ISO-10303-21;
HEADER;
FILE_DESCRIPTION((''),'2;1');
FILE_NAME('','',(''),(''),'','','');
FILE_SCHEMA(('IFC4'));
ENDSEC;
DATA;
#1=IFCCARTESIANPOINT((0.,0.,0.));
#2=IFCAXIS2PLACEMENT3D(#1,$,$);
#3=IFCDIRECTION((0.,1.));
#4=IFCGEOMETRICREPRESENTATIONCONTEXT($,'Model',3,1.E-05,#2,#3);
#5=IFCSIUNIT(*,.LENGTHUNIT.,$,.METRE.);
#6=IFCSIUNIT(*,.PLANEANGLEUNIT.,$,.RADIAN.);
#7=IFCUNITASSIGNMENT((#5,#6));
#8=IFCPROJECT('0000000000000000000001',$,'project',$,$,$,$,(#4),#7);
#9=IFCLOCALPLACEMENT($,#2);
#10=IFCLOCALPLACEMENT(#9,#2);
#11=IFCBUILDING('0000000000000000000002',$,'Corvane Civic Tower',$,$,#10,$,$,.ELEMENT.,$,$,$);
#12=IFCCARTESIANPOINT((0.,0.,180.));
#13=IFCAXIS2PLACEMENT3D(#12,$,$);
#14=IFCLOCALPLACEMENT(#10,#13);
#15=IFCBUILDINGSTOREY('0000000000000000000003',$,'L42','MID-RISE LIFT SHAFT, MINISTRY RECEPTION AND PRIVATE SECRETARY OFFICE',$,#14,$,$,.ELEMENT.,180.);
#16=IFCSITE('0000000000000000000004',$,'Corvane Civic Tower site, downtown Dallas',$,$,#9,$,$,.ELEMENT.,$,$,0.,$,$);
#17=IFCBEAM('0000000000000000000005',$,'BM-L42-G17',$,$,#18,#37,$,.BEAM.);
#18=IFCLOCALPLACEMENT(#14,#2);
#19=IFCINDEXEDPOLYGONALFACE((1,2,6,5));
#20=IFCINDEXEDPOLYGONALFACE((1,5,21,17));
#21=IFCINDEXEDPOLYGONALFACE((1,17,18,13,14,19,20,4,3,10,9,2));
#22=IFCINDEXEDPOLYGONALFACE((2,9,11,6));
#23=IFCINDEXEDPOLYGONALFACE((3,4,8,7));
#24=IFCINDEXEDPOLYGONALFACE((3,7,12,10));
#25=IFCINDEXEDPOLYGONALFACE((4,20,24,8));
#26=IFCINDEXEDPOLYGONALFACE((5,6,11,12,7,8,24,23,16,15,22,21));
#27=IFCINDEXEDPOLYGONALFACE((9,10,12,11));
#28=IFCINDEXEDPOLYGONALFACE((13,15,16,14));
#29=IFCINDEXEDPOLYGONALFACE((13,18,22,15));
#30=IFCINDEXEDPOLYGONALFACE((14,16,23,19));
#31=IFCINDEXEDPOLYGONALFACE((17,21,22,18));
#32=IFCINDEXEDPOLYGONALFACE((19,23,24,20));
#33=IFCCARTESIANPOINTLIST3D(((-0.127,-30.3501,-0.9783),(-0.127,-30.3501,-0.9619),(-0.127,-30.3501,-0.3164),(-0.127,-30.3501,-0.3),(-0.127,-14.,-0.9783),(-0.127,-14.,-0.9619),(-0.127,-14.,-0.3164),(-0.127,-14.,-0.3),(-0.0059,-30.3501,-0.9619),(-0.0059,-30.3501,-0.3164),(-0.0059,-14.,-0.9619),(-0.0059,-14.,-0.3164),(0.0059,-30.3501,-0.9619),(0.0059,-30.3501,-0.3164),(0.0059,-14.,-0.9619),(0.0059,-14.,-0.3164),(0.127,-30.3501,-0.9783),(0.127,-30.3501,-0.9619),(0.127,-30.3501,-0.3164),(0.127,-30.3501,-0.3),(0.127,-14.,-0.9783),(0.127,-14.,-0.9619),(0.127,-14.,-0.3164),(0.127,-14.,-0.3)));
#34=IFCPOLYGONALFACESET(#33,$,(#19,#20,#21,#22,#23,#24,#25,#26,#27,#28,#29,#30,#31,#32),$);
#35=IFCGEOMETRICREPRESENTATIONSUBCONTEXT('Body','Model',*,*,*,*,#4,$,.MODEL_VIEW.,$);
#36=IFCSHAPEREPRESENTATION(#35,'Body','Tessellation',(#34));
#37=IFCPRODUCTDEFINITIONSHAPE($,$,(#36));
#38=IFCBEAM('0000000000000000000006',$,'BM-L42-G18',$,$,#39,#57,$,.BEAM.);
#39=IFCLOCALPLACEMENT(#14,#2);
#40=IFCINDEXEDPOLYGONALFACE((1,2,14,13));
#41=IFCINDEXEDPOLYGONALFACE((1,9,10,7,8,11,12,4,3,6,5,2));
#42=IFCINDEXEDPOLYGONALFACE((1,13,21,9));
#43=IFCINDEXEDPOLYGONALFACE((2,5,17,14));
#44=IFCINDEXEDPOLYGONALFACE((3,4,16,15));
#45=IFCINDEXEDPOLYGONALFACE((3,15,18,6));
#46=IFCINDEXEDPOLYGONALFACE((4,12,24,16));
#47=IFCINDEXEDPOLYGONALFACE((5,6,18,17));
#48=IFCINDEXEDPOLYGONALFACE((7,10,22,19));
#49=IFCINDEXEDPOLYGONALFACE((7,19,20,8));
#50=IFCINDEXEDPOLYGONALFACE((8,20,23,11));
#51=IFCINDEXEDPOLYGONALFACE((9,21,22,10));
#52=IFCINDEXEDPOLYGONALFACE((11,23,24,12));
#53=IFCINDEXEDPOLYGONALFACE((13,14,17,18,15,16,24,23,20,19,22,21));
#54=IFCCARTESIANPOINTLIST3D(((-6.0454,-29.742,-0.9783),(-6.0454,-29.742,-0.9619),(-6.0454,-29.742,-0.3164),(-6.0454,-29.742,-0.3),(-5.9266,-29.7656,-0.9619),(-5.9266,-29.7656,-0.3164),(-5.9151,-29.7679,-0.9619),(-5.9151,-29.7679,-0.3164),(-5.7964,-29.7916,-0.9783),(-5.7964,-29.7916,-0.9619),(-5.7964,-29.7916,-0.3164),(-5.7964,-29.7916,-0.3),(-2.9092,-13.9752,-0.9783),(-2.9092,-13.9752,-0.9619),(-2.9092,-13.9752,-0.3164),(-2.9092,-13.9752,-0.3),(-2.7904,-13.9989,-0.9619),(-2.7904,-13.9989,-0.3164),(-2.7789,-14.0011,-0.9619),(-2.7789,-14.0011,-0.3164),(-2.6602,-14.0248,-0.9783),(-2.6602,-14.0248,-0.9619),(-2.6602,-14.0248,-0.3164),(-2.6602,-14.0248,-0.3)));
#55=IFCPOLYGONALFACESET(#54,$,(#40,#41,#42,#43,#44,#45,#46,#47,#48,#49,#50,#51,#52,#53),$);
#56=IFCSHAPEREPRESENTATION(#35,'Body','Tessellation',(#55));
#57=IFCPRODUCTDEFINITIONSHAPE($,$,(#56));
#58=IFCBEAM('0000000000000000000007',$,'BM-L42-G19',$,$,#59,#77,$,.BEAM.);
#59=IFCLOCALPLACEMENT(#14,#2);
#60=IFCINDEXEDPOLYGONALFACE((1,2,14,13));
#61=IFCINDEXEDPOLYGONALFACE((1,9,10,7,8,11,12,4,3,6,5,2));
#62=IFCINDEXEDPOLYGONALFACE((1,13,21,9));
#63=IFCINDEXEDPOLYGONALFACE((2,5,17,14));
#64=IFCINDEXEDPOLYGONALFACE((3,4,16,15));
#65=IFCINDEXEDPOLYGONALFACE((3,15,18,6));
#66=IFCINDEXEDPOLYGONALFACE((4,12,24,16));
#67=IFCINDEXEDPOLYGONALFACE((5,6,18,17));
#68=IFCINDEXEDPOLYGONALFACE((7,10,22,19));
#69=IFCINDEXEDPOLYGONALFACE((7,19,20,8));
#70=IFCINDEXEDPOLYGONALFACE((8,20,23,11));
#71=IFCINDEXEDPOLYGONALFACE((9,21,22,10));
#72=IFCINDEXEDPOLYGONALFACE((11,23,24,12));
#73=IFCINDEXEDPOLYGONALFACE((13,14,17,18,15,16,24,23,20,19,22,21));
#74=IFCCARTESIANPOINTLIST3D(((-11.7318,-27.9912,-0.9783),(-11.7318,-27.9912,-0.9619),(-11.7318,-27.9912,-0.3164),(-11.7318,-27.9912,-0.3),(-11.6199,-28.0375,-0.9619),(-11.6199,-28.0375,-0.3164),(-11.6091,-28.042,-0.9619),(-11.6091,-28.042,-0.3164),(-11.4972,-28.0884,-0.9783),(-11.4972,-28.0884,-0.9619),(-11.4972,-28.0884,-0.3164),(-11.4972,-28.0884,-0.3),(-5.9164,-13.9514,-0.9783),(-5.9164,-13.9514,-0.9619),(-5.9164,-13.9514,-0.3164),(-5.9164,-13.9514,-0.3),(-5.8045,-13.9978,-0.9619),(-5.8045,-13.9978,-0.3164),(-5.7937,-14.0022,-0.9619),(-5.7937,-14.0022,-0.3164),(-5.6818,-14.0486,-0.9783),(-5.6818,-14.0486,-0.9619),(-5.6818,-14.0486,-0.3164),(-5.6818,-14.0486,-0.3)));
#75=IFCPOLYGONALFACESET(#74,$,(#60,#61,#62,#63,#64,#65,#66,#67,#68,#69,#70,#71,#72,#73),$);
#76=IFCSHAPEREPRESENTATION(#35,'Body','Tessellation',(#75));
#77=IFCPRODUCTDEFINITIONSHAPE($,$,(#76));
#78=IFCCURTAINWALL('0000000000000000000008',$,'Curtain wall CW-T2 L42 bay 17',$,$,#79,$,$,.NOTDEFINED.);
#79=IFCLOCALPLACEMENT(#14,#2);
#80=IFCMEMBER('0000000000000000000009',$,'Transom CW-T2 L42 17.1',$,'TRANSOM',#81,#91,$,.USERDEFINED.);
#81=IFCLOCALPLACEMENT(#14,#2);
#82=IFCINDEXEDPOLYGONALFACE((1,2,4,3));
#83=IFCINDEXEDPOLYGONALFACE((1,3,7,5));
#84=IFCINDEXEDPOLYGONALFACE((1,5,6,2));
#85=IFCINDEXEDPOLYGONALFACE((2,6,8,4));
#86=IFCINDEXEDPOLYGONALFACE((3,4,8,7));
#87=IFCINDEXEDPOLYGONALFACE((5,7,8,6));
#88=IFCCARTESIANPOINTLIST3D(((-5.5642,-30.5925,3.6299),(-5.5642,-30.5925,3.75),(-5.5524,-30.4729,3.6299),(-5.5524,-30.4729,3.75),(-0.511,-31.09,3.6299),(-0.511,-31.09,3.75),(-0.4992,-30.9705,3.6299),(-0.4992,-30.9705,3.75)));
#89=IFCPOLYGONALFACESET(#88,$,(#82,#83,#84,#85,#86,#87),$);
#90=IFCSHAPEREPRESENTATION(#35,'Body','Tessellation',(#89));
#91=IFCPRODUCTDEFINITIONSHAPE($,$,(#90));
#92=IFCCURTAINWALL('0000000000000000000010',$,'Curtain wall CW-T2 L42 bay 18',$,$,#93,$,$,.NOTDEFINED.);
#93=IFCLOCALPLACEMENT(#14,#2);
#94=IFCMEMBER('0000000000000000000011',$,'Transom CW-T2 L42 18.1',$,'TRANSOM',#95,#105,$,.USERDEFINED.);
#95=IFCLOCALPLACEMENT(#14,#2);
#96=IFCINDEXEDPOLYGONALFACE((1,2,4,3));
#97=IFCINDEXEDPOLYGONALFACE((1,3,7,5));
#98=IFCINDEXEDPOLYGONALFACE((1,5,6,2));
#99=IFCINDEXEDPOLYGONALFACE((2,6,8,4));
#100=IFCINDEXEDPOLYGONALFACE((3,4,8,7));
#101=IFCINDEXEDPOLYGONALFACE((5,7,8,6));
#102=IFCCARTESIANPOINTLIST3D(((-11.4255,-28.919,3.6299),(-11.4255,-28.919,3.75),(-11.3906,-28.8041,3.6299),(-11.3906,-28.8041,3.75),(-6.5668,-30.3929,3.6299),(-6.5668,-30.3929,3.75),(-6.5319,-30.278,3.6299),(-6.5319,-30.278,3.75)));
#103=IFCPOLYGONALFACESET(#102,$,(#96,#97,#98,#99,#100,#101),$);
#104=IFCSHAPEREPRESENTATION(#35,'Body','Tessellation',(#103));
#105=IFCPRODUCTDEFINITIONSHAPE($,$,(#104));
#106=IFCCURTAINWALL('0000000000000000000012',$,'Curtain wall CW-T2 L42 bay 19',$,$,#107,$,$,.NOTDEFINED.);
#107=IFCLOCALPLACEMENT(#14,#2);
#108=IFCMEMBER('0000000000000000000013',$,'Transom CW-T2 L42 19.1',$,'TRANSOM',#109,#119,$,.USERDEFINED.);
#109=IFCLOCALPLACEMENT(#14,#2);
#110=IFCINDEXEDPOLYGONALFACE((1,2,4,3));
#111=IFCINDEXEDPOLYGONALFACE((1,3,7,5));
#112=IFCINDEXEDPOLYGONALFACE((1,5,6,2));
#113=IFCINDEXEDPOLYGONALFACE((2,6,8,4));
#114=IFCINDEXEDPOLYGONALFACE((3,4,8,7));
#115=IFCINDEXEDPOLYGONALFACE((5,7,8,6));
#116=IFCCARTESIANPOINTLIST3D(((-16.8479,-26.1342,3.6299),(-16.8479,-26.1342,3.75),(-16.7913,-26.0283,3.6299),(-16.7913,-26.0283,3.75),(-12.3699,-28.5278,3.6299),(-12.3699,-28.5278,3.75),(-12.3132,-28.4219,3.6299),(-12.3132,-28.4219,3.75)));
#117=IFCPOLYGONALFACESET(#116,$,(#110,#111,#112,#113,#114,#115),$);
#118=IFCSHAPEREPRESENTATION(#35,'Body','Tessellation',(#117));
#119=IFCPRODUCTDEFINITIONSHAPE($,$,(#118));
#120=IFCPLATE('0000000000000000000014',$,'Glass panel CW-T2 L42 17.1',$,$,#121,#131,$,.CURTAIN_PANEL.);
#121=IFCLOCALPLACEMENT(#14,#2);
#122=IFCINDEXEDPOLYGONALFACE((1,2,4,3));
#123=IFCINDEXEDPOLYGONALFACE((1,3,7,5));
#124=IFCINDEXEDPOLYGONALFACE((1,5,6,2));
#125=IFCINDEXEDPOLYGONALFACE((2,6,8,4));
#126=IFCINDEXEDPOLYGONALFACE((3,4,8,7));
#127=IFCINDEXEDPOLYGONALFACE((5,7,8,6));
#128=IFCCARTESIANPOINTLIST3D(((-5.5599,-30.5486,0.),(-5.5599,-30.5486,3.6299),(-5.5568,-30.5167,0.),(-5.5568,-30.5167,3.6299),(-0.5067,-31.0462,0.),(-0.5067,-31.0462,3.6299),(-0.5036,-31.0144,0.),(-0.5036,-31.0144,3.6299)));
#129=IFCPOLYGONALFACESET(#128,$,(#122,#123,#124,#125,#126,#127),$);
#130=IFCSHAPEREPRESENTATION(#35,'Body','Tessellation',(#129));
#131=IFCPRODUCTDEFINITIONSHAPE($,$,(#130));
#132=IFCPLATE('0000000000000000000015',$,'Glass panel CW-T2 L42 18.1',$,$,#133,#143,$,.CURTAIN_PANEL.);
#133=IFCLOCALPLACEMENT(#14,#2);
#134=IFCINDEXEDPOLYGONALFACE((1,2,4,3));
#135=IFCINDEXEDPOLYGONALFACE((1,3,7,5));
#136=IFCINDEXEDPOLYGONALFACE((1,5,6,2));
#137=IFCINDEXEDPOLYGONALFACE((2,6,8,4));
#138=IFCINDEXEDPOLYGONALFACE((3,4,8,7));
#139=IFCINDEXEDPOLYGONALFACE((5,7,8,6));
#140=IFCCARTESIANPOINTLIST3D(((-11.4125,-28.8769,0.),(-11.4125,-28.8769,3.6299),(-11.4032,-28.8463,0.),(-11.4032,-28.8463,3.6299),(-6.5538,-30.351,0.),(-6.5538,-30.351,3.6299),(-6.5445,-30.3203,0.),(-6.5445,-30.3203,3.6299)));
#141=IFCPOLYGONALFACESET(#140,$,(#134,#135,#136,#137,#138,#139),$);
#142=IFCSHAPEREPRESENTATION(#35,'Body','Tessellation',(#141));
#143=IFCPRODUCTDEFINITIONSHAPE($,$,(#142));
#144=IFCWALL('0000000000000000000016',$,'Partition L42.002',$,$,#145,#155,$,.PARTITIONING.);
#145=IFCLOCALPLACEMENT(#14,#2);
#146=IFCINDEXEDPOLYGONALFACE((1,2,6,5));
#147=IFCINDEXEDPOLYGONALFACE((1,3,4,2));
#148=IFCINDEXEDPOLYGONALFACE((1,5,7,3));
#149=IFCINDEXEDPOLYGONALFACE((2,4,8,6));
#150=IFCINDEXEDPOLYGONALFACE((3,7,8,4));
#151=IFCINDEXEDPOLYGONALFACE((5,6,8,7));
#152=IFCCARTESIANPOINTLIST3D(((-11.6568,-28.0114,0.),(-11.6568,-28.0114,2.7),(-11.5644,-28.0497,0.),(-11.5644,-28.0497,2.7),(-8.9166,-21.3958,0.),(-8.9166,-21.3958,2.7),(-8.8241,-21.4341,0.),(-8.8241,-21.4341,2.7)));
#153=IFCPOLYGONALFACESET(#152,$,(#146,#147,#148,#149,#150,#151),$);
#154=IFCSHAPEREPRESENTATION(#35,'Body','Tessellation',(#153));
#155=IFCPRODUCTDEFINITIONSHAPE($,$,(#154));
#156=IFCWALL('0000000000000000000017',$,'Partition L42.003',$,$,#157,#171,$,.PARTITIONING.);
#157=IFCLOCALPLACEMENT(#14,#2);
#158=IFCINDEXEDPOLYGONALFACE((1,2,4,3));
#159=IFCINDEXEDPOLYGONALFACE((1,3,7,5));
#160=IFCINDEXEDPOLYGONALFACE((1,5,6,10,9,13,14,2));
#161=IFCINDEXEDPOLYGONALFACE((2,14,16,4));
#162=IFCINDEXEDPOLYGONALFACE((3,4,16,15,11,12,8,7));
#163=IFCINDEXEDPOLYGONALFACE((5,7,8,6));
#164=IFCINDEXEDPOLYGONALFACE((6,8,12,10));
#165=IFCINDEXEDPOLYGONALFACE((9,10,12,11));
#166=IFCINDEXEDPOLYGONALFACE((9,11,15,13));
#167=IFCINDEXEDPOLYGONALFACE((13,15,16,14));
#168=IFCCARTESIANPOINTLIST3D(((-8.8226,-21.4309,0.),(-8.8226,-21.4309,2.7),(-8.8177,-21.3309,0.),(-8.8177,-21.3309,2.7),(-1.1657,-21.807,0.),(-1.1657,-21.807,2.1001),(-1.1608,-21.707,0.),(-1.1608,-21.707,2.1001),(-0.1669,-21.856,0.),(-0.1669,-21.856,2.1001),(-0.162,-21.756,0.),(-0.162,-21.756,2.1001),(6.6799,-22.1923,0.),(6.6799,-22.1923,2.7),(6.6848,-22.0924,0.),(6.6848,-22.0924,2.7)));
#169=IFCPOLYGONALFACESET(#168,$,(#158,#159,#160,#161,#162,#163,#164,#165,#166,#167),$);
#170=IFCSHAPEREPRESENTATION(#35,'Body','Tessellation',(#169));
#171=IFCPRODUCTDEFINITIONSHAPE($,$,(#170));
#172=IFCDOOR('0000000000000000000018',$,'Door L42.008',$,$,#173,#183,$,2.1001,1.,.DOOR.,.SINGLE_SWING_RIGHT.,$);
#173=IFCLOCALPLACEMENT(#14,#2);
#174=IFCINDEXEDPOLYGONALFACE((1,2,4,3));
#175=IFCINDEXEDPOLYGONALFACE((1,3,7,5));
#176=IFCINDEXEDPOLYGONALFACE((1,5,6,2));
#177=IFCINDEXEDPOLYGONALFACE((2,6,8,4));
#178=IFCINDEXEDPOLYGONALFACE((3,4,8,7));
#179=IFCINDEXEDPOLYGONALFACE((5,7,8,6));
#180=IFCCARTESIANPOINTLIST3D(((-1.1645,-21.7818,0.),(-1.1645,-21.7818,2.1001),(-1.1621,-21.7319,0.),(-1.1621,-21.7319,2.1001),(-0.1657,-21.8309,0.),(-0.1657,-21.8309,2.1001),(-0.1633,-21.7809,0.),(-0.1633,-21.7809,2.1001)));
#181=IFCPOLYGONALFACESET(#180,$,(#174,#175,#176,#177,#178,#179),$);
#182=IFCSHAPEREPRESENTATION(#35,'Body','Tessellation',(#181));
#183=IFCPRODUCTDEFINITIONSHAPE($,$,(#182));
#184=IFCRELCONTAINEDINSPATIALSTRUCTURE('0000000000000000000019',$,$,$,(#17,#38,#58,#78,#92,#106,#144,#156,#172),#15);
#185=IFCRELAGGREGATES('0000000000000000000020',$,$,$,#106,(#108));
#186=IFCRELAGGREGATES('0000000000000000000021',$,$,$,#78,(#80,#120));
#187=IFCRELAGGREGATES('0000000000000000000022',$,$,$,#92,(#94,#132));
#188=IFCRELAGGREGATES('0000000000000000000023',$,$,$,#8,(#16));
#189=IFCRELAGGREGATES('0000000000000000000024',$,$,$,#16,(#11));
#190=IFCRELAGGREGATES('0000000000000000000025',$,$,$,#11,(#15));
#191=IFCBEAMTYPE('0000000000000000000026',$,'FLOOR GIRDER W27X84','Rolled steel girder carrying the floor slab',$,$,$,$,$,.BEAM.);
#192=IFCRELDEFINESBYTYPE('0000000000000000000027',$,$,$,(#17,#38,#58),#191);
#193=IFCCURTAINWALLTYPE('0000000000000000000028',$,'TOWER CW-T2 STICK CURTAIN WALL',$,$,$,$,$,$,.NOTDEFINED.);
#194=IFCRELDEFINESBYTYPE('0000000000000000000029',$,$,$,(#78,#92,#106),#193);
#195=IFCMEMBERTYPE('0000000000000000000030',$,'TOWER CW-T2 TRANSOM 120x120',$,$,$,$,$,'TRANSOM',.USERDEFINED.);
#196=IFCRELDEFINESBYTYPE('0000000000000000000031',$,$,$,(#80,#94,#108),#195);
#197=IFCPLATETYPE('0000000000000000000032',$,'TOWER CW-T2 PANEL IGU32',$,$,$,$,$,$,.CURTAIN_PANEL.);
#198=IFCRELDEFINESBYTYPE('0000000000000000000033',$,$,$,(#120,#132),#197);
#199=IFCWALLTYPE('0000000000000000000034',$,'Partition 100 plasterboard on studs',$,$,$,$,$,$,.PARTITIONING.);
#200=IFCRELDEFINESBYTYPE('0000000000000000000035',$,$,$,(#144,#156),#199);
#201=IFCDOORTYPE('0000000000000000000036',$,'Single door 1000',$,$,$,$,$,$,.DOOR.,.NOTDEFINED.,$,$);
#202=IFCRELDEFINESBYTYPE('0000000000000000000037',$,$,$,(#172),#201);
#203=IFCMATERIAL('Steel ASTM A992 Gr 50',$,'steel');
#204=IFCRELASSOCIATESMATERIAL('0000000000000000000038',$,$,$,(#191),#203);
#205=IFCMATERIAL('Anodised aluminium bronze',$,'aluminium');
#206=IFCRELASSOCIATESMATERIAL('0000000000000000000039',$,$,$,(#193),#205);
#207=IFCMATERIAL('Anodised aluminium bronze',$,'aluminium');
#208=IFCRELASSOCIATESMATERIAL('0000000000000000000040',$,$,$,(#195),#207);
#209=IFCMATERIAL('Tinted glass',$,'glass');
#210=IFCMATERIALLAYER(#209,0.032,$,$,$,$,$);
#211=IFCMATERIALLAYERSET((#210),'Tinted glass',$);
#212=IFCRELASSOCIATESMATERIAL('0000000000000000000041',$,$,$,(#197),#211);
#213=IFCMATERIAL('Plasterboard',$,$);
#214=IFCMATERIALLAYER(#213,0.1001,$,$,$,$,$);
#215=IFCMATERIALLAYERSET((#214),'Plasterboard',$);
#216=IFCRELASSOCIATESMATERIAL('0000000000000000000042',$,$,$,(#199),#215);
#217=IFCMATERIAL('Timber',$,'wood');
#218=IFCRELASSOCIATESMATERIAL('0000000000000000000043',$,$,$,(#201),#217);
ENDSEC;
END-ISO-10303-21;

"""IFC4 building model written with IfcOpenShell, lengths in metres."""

from ifc_helpers import new_model, si_unit, direction, frame, frame_2d, origin, origin_2d, place, context, subcontext, project, spatial, rectangle, i_section, extrude, material, layer, layer_set, material_profile, profile_set, type_object, element, fill, aggregate, save


model = new_model("IFC4")

# Units and contexts
model_context = context("Model", 3, precision=1e-05, world=origin(), true_north=direction((0.0, 1.0)))
body_context = subcontext(model_context, "Body", "Model", "MODEL_VIEW")
ifc_project = project(units=[si_unit("LENGTHUNIT", "METRE"), si_unit("PLANEANGLEUNIT", "RADIAN")], contexts=[model_context])

# Site, building, storey
site_placement = place(None, origin())
site = spatial("IfcSite", under=ifc_project, at=site_placement, Name="Corvane Civic Tower site, downtown Dallas", CompositionType="ELEMENT", RefElevation=0.0)
building_placement = place(site_placement, origin())
building = spatial("IfcBuilding", under=site, at=building_placement, Name="Corvane Civic Tower", CompositionType="ELEMENT")
storey_placement = place(building_placement, frame((0.0, 0.0, 180.0)))
storey = spatial("IfcBuildingStorey", under=building, at=storey_placement, Name="L42", Description="MID-RISE LIFT SHAFT, MINISTRY RECEPTION AND PRIVATE SECRETARY OFFICE", CompositionType="ELEMENT", Elevation=180.0)

# Beams
ifc_material_1 = material(Name="Steel ASTM A992 Gr 50", Category="steel")
ifc_material_profile_1 = material_profile(ifc_material_1, i_section(OverallWidth=0.2539, OverallDepth=0.6782, WebThickness=0.0117, FlangeThickness=0.0164, at=origin_2d()), Name="W27X84")
ifc_profile_set_1 = profile_set([ifc_material_profile_1], Name="Steel ASTM A992 Gr 50")
beam_type_1 = type_object("IfcBeamType", Name="FLOOR GIRDER W27X84", Description="Rolled steel girder carrying the floor slab", PredefinedType="BEAM", material=ifc_profile_set_1)
beam_1_placement = place(storey_placement, frame((0.0, -14.0, -0.6392), z_axis=(0.0, -1.0, 0.0), x_axis=(1.0, 0.0, 0.0)))
element("IfcBeam", 1, at=beam_1_placement, inside=storey, type_object=beam_type_1, Name="BM-L42-G17", PredefinedType="BEAM", context=body_context, shape_type="SweptSolid", body=[
    extrude(i_section(OverallWidth=0.2539, OverallDepth=0.6782, WebThickness=0.0117, FlangeThickness=0.0164, at=origin_2d()), origin(), (0.0, 0.0, 1.0), 16.3501),
])
beam_2_placement = place(storey_placement, frame((-2.7847, -14.0, -0.6392), z_axis=(-0.195091, -0.980785, 0.0), x_axis=(0.980785, -0.195091, 0.0)))
element("IfcBeam", 2, at=beam_2_placement, inside=storey, type_object=beam_type_1, Name="BM-L42-G18", PredefinedType="BEAM", context=body_context, shape_type="SweptSolid", body=[
    extrude(i_section(OverallWidth=0.2539, OverallDepth=0.6782, WebThickness=0.0117, FlangeThickness=0.0164, at=origin_2d()), origin(), (0.0, 0.0, 1.0), 16.0757),
])
beam_3_placement = place(storey_placement, frame((-5.7991, -14.0, -0.6392), z_axis=(-0.382681, -0.923881, 0.0), x_axis=(0.923881, -0.382681, 0.0)))
element("IfcBeam", 3, at=beam_3_placement, inside=storey, type_object=beam_type_1, Name="BM-L42-G19", PredefinedType="BEAM", context=body_context, shape_type="SweptSolid", body=[
    extrude(i_section(OverallWidth=0.2539, OverallDepth=0.6782, WebThickness=0.0117, FlangeThickness=0.0164, at=origin_2d()), origin(), (0.0, 0.0, 1.0), 15.1965),
])

# Curtain walls, members
ifc_material_2 = material(Name="Anodised aluminium bronze", Category="aluminium")
curtain_wall_type = type_object("IfcCurtainWallType", Name="TOWER CW-T2 STICK CURTAIN WALL", PredefinedType="NOTDEFINED", material=ifc_material_2)
curtain_wall_1_placement = place(storey_placement, origin())
curtain_wall_1 = element("IfcCurtainWall", 4, at=curtain_wall_1_placement, inside=storey, type_object=curtain_wall_type, Name="Curtain wall CW-T2 L42 bay 17", PredefinedType="NOTDEFINED")
ifc_material_3 = material(Name="Anodised aluminium bronze", Category="aluminium")
ifc_material_profile_2 = material_profile(ifc_material_3, rectangle(XDim=0.1201, YDim=0.1201, at=origin_2d()), Name="TOWER CW-T2 TRANSOM 120x120")
ifc_profile_set_2 = profile_set([ifc_material_profile_2], Name="Anodised aluminium bronze")
member_type = type_object("IfcMemberType", Name="TOWER CW-T2 TRANSOM 120x120", ElementType="TRANSOM", PredefinedType="USERDEFINED", material=ifc_profile_set_2)
member_1_placement = place(storey_placement, frame((-0.5051, -31.0303, 3.6899), z_axis=(-0.995187, 0.09799, 0.0), x_axis=(-0.09799, -0.995187, 0.0)))
member_1 = element("IfcMember", 5, at=member_1_placement, type_object=member_type, Name="Transom CW-T2 L42 17.1", ObjectType="TRANSOM", PredefinedType="USERDEFINED", context=body_context, shape_type="SweptSolid", body=[
    extrude(rectangle(XDim=0.1201, YDim=0.1201, at=origin_2d()), origin(), (0.0, 0.0, 1.0), 5.0776),
])
curtain_wall_2_placement = place(storey_placement, origin())
curtain_wall_2 = element("IfcCurtainWall", 6, at=curtain_wall_2_placement, inside=storey, type_object=curtain_wall_type, Name="Curtain wall CW-T2 L42 bay 18", PredefinedType="NOTDEFINED")
member_2_placement = place(storey_placement, frame((-6.5493, -30.3354, 3.6899), z_axis=(-0.956939, 0.290289, 0.0), x_axis=(-0.290289, -0.956939, 0.0)))
member_2 = element("IfcMember", 7, at=member_2_placement, type_object=member_type, Name="Transom CW-T2 L42 18.1", ObjectType="TRANSOM", PredefinedType="USERDEFINED", context=body_context, shape_type="SweptSolid", body=[
    extrude(rectangle(XDim=0.1201, YDim=0.1201, at=origin_2d()), origin(), (0.0, 0.0, 1.0), 5.0774),
])
curtain_wall_3_placement = place(storey_placement, origin())
curtain_wall_3 = element("IfcCurtainWall", 8, at=curtain_wall_3_placement, inside=storey, type_object=curtain_wall_type, Name="Curtain wall CW-T2 L42 bay 19", PredefinedType="NOTDEFINED")
member_3_placement = place(storey_placement, frame((-12.3416, -28.4749, 3.6899), z_axis=(-0.881921, 0.471397, 0.0), x_axis=(-0.471397, -0.881921, 0.0)))
member_3 = element("IfcMember", 9, at=member_3_placement, type_object=member_type, Name="Transom CW-T2 L42 19.1", ObjectType="TRANSOM", PredefinedType="USERDEFINED", context=body_context, shape_type="SweptSolid", body=[
    extrude(rectangle(XDim=0.1201, YDim=0.1201, at=origin_2d()), origin(), (0.0, 0.0, 1.0), 5.0776),
])
aggregate(curtain_wall_3, [member_3])

# Plates
ifc_material_4 = material(Name="Tinted glass", Category="glass")
ifc_layer_1 = layer(ifc_material_4, 0.032)
ifc_layer_set_1 = layer_set([ifc_layer_1], Name="Tinted glass")
plate_type = type_object("IfcPlateType", Name="TOWER CW-T2 PANEL IGU32", PredefinedType="CURTAIN_PANEL", material=ifc_layer_set_1)
plate_1_placement = place(storey_placement, frame((-3.0317, -30.7815, 0.0), z_axis=(0.0, 0.0, 1.0), x_axis=(-0.995185, 0.098012, 0.0)))
plate_1 = element("IfcPlate", 10, at=plate_1_placement, type_object=plate_type, Name="Glass panel CW-T2 L42 17.1", PredefinedType="CURTAIN_PANEL", context=body_context, shape_type="SweptSolid", body=[
    extrude(rectangle(XDim=5.0776, YDim=0.032, at=origin_2d()), origin(), (0.0, 0.0, 1.0), 3.6299),
])
aggregate(curtain_wall_1, [member_1, plate_1])
plate_2_placement = place(storey_placement, frame((-8.9785, -29.5986, 0.0), z_axis=(0.0, 0.0, 1.0), x_axis=(-0.956932, 0.290313, 0.0)))
plate_2 = element("IfcPlate", 11, at=plate_2_placement, type_object=plate_type, Name="Glass panel CW-T2 L42 18.1", PredefinedType="CURTAIN_PANEL", context=body_context, shape_type="SweptSolid", body=[
    extrude(rectangle(XDim=5.0774, YDim=0.032, at=origin_2d()), origin(), (0.0, 0.0, 1.0), 3.6299),
])
aggregate(curtain_wall_2, [member_2, plate_2])

# Wall
ifc_material_5 = material(Name="Plasterboard")
ifc_layer_2 = layer(ifc_material_5, 0.1001)
ifc_layer_set_2 = layer_set([ifc_layer_2], Name="Plasterboard")
wall_type = type_object("IfcWallType", Name="Partition 100 plasterboard on studs", PredefinedType="PARTITIONING", material=ifc_layer_set_2)
wall_1_placement = place(storey_placement, frame((-11.6106, -28.0305, 0.0), z_axis=(0.0, 0.0, 1.0), x_axis=(0.382685, 0.923879, 0.0)))
element("IfcWall", 12, at=wall_1_placement, inside=storey, type_object=wall_type, Name="Partition L42.002", PredefinedType="PARTITIONING", context=body_context, shape_type="SweptSolid", body=[
    extrude(rectangle(XDim=7.1606, YDim=0.1001, at=frame_2d((3.5803, 0.0))), origin(), (0.0, 0.0, 1.0), 2.7),
])

# Wall, opening, door
wall_2_placement = place(storey_placement, frame((-8.8203, -21.3809, 0.0), z_axis=(0.0, 0.0, 1.0), x_axis=(0.998796, -0.049061, 0.0)))
wall_2 = element("IfcWall", 13, at=wall_2_placement, inside=storey, type_object=wall_type, Name="Partition L42.003", PredefinedType="PARTITIONING", context=body_context, shape_type="SweptSolid", body=[
    extrude(rectangle(XDim=15.5212, YDim=0.1001, at=frame_2d((7.7607, 0.0))), origin(), (0.0, 0.0, 1.0), 2.7),
])
opening_1_placement = place(wall_2_placement, frame((7.6663, 0.0, 0.0)))
opening_1 = element("IfcOpeningElement", 14, at=opening_1_placement, cuts=wall_2, PredefinedType="OPENING", context=body_context, shape_type="SweptSolid", body=[
    extrude(rectangle(XDim=1.0, YDim=2.1001, at=frame_2d((0.5, 1.05))), frame((0.0, 0.0601, 0.0), z_axis=(0.0, -1.0, 0.0), x_axis=(1.0, 0.0, 0.0)), (0.0, 0.0, 1.0), 0.1201),
])
ifc_material_6 = material(Name="Timber", Category="wood")
door_type_1 = type_object("IfcDoorType", Name="Single door 1000", OperationType="NOTDEFINED", PredefinedType="DOOR", material=ifc_material_6)
door_1_placement = place(opening_1_placement, frame((1.0, 0.0, 0.0), z_axis=(0.0, 0.0, 1.0), x_axis=(-1.0, 0.0, 0.0)))
door_1 = element("IfcDoor", 15, at=door_1_placement, inside=storey, type_object=door_type_1, Name="Door L42.008", OperationType="SINGLE_SWING_RIGHT", OverallHeight=2.1001, OverallWidth=1.0, PredefinedType="DOOR", context=body_context, shape_type="SweptSolid", body=[
    extrude(rectangle(XDim=1.0, YDim=2.1001, at=frame_2d((0.5, 1.05))), frame((0.0, 0.0249, 0.0), z_axis=(0.0, -1.0, 0.0), x_axis=(1.0, 0.0, 0.0)), (0.0, 0.0, 1.0), 0.05),
])
fill(opening_1, door_1)

save(model, "model.ifc")
